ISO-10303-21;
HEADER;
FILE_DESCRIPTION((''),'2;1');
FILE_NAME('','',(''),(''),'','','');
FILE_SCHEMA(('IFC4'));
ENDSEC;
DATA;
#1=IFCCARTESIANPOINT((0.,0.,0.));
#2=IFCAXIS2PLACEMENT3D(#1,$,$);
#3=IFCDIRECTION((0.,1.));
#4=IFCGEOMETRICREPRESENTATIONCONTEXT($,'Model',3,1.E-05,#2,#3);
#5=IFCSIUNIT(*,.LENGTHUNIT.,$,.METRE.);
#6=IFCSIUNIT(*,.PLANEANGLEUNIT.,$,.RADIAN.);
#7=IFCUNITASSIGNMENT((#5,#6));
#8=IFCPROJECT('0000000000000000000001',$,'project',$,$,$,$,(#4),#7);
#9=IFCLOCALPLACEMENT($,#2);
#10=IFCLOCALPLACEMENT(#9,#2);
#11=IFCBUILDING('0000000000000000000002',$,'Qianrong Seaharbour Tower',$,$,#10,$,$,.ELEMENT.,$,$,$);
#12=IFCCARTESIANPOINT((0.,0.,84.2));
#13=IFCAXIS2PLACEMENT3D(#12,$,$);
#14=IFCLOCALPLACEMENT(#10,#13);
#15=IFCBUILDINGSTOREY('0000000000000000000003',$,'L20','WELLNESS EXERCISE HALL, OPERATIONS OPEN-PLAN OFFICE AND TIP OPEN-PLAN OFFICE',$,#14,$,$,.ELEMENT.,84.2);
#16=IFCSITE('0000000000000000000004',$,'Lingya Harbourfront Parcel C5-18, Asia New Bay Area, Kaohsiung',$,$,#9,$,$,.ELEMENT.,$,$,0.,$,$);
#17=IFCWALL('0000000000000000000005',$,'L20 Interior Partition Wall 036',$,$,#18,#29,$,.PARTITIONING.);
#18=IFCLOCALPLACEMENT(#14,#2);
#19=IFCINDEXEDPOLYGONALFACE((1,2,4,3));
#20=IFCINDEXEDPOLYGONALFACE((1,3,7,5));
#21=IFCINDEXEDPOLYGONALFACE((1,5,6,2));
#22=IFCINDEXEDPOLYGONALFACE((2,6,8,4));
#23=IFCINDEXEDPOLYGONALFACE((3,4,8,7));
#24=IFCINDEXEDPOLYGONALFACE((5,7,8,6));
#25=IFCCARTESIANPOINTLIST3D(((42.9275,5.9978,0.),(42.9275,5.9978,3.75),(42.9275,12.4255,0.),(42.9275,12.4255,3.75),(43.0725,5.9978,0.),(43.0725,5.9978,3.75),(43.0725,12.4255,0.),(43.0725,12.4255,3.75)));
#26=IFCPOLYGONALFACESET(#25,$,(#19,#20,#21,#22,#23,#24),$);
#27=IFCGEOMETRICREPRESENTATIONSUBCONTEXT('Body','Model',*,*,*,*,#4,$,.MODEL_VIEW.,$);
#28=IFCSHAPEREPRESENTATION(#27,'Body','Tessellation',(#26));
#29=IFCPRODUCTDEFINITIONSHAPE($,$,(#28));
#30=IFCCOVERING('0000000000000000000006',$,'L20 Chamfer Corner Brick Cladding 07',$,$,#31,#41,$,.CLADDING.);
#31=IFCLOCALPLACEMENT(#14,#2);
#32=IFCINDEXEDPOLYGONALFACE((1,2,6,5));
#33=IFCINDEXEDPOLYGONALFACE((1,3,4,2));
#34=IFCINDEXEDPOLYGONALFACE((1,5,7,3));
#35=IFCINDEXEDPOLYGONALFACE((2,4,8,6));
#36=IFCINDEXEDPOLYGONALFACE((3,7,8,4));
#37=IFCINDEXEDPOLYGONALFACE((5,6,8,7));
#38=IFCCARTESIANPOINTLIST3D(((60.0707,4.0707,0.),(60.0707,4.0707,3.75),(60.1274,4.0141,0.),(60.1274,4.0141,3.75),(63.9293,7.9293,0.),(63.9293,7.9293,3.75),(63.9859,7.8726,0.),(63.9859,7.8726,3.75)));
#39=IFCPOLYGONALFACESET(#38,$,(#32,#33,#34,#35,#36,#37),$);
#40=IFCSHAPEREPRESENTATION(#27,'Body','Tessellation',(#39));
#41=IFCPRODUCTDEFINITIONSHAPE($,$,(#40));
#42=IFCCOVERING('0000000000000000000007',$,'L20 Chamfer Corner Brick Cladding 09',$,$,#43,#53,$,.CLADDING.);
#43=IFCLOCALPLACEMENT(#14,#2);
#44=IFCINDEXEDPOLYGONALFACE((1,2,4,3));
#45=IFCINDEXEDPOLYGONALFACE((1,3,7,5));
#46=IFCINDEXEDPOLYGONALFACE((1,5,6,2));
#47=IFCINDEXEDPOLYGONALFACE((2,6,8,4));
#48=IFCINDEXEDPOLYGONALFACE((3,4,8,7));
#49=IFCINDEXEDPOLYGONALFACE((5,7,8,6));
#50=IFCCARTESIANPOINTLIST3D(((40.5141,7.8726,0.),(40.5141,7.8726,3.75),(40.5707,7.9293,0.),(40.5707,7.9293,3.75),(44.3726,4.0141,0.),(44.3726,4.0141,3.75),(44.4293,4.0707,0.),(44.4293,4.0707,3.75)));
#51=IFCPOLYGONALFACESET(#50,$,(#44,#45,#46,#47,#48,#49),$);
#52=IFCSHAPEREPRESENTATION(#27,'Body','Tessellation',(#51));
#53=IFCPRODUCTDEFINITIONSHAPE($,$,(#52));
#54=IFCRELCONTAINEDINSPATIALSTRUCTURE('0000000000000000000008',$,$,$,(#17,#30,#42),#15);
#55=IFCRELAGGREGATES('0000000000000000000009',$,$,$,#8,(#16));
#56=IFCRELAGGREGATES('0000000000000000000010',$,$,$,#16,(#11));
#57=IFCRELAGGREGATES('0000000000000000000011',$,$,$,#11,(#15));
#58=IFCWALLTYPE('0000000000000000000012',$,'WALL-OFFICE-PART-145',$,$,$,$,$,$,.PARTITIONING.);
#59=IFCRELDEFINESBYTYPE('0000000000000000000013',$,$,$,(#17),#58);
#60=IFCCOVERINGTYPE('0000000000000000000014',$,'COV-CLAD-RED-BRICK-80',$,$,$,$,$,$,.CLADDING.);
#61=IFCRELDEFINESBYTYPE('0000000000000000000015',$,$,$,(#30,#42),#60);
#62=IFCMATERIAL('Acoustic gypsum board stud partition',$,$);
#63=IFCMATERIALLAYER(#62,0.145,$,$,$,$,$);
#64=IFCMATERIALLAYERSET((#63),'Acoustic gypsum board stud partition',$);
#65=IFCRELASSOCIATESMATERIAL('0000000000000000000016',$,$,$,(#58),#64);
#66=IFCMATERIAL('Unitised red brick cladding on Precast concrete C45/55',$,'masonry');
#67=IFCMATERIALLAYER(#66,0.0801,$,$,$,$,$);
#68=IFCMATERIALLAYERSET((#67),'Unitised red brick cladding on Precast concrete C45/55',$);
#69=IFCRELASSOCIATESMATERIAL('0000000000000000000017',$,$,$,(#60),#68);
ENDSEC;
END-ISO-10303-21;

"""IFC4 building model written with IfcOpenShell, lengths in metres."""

from ifc_helpers import new_model, si_unit, direction, frame, frame_2d, origin, origin_2d, place, context, subcontext, project, spatial, rectangle, extrude, material, layer, layer_set, type_object, element, save


model = new_model("IFC4")

# Units and contexts
model_context = context("Model", 3, precision=1e-05, world=origin(), true_north=direction((0.0, 1.0)))
body_context = subcontext(model_context, "Body", "Model", "MODEL_VIEW")
ifc_project = project(units=[si_unit("LENGTHUNIT", "METRE"), si_unit("PLANEANGLEUNIT", "RADIAN")], contexts=[model_context])

# Site, building, storey
site_placement = place(None, origin())
site = spatial("IfcSite", under=ifc_project, at=site_placement, Name="Lingya Harbourfront Parcel C5-18, Asia New Bay Area, Kaohsiung", CompositionType="ELEMENT", RefElevation=0.0)
building_placement = place(site_placement, origin())
building = spatial("IfcBuilding", under=site, at=building_placement, Name="Qianrong Seaharbour Tower", CompositionType="ELEMENT")
storey_placement = place(building_placement, frame((0.0, 0.0, 84.2)))
storey = spatial("IfcBuildingStorey", under=building, at=storey_placement, Name="L20", Description="WELLNESS EXERCISE HALL, OPERATIONS OPEN-PLAN OFFICE AND TIP OPEN-PLAN OFFICE", CompositionType="ELEMENT", Elevation=84.2)

# Wall
ifc_material_1 = material(Name="Acoustic gypsum board stud partition")
ifc_layer_1 = layer(ifc_material_1, 0.145)
ifc_layer_set_1 = layer_set([ifc_layer_1], Name="Acoustic gypsum board stud partition")
wall_type_1 = type_object("IfcWallType", Name="WALL-OFFICE-PART-145", PredefinedType="PARTITIONING", material=ifc_layer_set_1)
wall_1_placement = place(storey_placement, frame((43.0, 5.9978, 0.0), z_axis=(0.0, 0.0, 1.0), x_axis=(0.0, 1.0, 0.0)))
element("IfcWall", 1, at=wall_1_placement, inside=storey, type_object=wall_type_1, Name="L20 Interior Partition Wall 036", PredefinedType="PARTITIONING", context=body_context, shape_type="SweptSolid", body=[
    extrude(rectangle(XDim=6.4277, YDim=0.145, at=frame_2d((3.2139, 0.0))), origin(), (0.0, 0.0, 1.0), 3.75),
])

# Coverings
ifc_material_2 = material(Name="Unitised red brick cladding on Precast concrete C45/55", Category="masonry")
ifc_layer_2 = layer(ifc_material_2, 0.0801)
ifc_layer_set_2 = layer_set([ifc_layer_2], Name="Unitised red brick cladding on Precast concrete C45/55")
covering_type = type_object("IfcCoveringType", Name="COV-CLAD-RED-BRICK-80", PredefinedType="CLADDING", material=ifc_layer_set_2)
for number, where, z_axis, x_axis, name in (
    (2, (62.0283, 5.9717, 0.0), (0.0, 0.0, 1.0), (-0.707107, -0.707107, 0.0), "L20 Chamfer Corner Brick Cladding 07"),
    (3, (42.4717, 5.9717, 0.0), (0.0, 0.0, 1.0), (-0.707107, 0.707107, 0.0), "L20 Chamfer Corner Brick Cladding 09"),
):
    element("IfcCovering", number, at=place(storey_placement, frame(where, z_axis=z_axis, x_axis=x_axis)), inside=storey, type_object=covering_type, Name=name, PredefinedType="CLADDING", context=body_context, shape_type="SweptSolid", body=[
        extrude(rectangle(XDim=5.4568, YDim=0.0801, at=origin_2d()), origin(), (0.0, 0.0, 1.0), 3.75),
    ])

save(model, "model.ifc")
